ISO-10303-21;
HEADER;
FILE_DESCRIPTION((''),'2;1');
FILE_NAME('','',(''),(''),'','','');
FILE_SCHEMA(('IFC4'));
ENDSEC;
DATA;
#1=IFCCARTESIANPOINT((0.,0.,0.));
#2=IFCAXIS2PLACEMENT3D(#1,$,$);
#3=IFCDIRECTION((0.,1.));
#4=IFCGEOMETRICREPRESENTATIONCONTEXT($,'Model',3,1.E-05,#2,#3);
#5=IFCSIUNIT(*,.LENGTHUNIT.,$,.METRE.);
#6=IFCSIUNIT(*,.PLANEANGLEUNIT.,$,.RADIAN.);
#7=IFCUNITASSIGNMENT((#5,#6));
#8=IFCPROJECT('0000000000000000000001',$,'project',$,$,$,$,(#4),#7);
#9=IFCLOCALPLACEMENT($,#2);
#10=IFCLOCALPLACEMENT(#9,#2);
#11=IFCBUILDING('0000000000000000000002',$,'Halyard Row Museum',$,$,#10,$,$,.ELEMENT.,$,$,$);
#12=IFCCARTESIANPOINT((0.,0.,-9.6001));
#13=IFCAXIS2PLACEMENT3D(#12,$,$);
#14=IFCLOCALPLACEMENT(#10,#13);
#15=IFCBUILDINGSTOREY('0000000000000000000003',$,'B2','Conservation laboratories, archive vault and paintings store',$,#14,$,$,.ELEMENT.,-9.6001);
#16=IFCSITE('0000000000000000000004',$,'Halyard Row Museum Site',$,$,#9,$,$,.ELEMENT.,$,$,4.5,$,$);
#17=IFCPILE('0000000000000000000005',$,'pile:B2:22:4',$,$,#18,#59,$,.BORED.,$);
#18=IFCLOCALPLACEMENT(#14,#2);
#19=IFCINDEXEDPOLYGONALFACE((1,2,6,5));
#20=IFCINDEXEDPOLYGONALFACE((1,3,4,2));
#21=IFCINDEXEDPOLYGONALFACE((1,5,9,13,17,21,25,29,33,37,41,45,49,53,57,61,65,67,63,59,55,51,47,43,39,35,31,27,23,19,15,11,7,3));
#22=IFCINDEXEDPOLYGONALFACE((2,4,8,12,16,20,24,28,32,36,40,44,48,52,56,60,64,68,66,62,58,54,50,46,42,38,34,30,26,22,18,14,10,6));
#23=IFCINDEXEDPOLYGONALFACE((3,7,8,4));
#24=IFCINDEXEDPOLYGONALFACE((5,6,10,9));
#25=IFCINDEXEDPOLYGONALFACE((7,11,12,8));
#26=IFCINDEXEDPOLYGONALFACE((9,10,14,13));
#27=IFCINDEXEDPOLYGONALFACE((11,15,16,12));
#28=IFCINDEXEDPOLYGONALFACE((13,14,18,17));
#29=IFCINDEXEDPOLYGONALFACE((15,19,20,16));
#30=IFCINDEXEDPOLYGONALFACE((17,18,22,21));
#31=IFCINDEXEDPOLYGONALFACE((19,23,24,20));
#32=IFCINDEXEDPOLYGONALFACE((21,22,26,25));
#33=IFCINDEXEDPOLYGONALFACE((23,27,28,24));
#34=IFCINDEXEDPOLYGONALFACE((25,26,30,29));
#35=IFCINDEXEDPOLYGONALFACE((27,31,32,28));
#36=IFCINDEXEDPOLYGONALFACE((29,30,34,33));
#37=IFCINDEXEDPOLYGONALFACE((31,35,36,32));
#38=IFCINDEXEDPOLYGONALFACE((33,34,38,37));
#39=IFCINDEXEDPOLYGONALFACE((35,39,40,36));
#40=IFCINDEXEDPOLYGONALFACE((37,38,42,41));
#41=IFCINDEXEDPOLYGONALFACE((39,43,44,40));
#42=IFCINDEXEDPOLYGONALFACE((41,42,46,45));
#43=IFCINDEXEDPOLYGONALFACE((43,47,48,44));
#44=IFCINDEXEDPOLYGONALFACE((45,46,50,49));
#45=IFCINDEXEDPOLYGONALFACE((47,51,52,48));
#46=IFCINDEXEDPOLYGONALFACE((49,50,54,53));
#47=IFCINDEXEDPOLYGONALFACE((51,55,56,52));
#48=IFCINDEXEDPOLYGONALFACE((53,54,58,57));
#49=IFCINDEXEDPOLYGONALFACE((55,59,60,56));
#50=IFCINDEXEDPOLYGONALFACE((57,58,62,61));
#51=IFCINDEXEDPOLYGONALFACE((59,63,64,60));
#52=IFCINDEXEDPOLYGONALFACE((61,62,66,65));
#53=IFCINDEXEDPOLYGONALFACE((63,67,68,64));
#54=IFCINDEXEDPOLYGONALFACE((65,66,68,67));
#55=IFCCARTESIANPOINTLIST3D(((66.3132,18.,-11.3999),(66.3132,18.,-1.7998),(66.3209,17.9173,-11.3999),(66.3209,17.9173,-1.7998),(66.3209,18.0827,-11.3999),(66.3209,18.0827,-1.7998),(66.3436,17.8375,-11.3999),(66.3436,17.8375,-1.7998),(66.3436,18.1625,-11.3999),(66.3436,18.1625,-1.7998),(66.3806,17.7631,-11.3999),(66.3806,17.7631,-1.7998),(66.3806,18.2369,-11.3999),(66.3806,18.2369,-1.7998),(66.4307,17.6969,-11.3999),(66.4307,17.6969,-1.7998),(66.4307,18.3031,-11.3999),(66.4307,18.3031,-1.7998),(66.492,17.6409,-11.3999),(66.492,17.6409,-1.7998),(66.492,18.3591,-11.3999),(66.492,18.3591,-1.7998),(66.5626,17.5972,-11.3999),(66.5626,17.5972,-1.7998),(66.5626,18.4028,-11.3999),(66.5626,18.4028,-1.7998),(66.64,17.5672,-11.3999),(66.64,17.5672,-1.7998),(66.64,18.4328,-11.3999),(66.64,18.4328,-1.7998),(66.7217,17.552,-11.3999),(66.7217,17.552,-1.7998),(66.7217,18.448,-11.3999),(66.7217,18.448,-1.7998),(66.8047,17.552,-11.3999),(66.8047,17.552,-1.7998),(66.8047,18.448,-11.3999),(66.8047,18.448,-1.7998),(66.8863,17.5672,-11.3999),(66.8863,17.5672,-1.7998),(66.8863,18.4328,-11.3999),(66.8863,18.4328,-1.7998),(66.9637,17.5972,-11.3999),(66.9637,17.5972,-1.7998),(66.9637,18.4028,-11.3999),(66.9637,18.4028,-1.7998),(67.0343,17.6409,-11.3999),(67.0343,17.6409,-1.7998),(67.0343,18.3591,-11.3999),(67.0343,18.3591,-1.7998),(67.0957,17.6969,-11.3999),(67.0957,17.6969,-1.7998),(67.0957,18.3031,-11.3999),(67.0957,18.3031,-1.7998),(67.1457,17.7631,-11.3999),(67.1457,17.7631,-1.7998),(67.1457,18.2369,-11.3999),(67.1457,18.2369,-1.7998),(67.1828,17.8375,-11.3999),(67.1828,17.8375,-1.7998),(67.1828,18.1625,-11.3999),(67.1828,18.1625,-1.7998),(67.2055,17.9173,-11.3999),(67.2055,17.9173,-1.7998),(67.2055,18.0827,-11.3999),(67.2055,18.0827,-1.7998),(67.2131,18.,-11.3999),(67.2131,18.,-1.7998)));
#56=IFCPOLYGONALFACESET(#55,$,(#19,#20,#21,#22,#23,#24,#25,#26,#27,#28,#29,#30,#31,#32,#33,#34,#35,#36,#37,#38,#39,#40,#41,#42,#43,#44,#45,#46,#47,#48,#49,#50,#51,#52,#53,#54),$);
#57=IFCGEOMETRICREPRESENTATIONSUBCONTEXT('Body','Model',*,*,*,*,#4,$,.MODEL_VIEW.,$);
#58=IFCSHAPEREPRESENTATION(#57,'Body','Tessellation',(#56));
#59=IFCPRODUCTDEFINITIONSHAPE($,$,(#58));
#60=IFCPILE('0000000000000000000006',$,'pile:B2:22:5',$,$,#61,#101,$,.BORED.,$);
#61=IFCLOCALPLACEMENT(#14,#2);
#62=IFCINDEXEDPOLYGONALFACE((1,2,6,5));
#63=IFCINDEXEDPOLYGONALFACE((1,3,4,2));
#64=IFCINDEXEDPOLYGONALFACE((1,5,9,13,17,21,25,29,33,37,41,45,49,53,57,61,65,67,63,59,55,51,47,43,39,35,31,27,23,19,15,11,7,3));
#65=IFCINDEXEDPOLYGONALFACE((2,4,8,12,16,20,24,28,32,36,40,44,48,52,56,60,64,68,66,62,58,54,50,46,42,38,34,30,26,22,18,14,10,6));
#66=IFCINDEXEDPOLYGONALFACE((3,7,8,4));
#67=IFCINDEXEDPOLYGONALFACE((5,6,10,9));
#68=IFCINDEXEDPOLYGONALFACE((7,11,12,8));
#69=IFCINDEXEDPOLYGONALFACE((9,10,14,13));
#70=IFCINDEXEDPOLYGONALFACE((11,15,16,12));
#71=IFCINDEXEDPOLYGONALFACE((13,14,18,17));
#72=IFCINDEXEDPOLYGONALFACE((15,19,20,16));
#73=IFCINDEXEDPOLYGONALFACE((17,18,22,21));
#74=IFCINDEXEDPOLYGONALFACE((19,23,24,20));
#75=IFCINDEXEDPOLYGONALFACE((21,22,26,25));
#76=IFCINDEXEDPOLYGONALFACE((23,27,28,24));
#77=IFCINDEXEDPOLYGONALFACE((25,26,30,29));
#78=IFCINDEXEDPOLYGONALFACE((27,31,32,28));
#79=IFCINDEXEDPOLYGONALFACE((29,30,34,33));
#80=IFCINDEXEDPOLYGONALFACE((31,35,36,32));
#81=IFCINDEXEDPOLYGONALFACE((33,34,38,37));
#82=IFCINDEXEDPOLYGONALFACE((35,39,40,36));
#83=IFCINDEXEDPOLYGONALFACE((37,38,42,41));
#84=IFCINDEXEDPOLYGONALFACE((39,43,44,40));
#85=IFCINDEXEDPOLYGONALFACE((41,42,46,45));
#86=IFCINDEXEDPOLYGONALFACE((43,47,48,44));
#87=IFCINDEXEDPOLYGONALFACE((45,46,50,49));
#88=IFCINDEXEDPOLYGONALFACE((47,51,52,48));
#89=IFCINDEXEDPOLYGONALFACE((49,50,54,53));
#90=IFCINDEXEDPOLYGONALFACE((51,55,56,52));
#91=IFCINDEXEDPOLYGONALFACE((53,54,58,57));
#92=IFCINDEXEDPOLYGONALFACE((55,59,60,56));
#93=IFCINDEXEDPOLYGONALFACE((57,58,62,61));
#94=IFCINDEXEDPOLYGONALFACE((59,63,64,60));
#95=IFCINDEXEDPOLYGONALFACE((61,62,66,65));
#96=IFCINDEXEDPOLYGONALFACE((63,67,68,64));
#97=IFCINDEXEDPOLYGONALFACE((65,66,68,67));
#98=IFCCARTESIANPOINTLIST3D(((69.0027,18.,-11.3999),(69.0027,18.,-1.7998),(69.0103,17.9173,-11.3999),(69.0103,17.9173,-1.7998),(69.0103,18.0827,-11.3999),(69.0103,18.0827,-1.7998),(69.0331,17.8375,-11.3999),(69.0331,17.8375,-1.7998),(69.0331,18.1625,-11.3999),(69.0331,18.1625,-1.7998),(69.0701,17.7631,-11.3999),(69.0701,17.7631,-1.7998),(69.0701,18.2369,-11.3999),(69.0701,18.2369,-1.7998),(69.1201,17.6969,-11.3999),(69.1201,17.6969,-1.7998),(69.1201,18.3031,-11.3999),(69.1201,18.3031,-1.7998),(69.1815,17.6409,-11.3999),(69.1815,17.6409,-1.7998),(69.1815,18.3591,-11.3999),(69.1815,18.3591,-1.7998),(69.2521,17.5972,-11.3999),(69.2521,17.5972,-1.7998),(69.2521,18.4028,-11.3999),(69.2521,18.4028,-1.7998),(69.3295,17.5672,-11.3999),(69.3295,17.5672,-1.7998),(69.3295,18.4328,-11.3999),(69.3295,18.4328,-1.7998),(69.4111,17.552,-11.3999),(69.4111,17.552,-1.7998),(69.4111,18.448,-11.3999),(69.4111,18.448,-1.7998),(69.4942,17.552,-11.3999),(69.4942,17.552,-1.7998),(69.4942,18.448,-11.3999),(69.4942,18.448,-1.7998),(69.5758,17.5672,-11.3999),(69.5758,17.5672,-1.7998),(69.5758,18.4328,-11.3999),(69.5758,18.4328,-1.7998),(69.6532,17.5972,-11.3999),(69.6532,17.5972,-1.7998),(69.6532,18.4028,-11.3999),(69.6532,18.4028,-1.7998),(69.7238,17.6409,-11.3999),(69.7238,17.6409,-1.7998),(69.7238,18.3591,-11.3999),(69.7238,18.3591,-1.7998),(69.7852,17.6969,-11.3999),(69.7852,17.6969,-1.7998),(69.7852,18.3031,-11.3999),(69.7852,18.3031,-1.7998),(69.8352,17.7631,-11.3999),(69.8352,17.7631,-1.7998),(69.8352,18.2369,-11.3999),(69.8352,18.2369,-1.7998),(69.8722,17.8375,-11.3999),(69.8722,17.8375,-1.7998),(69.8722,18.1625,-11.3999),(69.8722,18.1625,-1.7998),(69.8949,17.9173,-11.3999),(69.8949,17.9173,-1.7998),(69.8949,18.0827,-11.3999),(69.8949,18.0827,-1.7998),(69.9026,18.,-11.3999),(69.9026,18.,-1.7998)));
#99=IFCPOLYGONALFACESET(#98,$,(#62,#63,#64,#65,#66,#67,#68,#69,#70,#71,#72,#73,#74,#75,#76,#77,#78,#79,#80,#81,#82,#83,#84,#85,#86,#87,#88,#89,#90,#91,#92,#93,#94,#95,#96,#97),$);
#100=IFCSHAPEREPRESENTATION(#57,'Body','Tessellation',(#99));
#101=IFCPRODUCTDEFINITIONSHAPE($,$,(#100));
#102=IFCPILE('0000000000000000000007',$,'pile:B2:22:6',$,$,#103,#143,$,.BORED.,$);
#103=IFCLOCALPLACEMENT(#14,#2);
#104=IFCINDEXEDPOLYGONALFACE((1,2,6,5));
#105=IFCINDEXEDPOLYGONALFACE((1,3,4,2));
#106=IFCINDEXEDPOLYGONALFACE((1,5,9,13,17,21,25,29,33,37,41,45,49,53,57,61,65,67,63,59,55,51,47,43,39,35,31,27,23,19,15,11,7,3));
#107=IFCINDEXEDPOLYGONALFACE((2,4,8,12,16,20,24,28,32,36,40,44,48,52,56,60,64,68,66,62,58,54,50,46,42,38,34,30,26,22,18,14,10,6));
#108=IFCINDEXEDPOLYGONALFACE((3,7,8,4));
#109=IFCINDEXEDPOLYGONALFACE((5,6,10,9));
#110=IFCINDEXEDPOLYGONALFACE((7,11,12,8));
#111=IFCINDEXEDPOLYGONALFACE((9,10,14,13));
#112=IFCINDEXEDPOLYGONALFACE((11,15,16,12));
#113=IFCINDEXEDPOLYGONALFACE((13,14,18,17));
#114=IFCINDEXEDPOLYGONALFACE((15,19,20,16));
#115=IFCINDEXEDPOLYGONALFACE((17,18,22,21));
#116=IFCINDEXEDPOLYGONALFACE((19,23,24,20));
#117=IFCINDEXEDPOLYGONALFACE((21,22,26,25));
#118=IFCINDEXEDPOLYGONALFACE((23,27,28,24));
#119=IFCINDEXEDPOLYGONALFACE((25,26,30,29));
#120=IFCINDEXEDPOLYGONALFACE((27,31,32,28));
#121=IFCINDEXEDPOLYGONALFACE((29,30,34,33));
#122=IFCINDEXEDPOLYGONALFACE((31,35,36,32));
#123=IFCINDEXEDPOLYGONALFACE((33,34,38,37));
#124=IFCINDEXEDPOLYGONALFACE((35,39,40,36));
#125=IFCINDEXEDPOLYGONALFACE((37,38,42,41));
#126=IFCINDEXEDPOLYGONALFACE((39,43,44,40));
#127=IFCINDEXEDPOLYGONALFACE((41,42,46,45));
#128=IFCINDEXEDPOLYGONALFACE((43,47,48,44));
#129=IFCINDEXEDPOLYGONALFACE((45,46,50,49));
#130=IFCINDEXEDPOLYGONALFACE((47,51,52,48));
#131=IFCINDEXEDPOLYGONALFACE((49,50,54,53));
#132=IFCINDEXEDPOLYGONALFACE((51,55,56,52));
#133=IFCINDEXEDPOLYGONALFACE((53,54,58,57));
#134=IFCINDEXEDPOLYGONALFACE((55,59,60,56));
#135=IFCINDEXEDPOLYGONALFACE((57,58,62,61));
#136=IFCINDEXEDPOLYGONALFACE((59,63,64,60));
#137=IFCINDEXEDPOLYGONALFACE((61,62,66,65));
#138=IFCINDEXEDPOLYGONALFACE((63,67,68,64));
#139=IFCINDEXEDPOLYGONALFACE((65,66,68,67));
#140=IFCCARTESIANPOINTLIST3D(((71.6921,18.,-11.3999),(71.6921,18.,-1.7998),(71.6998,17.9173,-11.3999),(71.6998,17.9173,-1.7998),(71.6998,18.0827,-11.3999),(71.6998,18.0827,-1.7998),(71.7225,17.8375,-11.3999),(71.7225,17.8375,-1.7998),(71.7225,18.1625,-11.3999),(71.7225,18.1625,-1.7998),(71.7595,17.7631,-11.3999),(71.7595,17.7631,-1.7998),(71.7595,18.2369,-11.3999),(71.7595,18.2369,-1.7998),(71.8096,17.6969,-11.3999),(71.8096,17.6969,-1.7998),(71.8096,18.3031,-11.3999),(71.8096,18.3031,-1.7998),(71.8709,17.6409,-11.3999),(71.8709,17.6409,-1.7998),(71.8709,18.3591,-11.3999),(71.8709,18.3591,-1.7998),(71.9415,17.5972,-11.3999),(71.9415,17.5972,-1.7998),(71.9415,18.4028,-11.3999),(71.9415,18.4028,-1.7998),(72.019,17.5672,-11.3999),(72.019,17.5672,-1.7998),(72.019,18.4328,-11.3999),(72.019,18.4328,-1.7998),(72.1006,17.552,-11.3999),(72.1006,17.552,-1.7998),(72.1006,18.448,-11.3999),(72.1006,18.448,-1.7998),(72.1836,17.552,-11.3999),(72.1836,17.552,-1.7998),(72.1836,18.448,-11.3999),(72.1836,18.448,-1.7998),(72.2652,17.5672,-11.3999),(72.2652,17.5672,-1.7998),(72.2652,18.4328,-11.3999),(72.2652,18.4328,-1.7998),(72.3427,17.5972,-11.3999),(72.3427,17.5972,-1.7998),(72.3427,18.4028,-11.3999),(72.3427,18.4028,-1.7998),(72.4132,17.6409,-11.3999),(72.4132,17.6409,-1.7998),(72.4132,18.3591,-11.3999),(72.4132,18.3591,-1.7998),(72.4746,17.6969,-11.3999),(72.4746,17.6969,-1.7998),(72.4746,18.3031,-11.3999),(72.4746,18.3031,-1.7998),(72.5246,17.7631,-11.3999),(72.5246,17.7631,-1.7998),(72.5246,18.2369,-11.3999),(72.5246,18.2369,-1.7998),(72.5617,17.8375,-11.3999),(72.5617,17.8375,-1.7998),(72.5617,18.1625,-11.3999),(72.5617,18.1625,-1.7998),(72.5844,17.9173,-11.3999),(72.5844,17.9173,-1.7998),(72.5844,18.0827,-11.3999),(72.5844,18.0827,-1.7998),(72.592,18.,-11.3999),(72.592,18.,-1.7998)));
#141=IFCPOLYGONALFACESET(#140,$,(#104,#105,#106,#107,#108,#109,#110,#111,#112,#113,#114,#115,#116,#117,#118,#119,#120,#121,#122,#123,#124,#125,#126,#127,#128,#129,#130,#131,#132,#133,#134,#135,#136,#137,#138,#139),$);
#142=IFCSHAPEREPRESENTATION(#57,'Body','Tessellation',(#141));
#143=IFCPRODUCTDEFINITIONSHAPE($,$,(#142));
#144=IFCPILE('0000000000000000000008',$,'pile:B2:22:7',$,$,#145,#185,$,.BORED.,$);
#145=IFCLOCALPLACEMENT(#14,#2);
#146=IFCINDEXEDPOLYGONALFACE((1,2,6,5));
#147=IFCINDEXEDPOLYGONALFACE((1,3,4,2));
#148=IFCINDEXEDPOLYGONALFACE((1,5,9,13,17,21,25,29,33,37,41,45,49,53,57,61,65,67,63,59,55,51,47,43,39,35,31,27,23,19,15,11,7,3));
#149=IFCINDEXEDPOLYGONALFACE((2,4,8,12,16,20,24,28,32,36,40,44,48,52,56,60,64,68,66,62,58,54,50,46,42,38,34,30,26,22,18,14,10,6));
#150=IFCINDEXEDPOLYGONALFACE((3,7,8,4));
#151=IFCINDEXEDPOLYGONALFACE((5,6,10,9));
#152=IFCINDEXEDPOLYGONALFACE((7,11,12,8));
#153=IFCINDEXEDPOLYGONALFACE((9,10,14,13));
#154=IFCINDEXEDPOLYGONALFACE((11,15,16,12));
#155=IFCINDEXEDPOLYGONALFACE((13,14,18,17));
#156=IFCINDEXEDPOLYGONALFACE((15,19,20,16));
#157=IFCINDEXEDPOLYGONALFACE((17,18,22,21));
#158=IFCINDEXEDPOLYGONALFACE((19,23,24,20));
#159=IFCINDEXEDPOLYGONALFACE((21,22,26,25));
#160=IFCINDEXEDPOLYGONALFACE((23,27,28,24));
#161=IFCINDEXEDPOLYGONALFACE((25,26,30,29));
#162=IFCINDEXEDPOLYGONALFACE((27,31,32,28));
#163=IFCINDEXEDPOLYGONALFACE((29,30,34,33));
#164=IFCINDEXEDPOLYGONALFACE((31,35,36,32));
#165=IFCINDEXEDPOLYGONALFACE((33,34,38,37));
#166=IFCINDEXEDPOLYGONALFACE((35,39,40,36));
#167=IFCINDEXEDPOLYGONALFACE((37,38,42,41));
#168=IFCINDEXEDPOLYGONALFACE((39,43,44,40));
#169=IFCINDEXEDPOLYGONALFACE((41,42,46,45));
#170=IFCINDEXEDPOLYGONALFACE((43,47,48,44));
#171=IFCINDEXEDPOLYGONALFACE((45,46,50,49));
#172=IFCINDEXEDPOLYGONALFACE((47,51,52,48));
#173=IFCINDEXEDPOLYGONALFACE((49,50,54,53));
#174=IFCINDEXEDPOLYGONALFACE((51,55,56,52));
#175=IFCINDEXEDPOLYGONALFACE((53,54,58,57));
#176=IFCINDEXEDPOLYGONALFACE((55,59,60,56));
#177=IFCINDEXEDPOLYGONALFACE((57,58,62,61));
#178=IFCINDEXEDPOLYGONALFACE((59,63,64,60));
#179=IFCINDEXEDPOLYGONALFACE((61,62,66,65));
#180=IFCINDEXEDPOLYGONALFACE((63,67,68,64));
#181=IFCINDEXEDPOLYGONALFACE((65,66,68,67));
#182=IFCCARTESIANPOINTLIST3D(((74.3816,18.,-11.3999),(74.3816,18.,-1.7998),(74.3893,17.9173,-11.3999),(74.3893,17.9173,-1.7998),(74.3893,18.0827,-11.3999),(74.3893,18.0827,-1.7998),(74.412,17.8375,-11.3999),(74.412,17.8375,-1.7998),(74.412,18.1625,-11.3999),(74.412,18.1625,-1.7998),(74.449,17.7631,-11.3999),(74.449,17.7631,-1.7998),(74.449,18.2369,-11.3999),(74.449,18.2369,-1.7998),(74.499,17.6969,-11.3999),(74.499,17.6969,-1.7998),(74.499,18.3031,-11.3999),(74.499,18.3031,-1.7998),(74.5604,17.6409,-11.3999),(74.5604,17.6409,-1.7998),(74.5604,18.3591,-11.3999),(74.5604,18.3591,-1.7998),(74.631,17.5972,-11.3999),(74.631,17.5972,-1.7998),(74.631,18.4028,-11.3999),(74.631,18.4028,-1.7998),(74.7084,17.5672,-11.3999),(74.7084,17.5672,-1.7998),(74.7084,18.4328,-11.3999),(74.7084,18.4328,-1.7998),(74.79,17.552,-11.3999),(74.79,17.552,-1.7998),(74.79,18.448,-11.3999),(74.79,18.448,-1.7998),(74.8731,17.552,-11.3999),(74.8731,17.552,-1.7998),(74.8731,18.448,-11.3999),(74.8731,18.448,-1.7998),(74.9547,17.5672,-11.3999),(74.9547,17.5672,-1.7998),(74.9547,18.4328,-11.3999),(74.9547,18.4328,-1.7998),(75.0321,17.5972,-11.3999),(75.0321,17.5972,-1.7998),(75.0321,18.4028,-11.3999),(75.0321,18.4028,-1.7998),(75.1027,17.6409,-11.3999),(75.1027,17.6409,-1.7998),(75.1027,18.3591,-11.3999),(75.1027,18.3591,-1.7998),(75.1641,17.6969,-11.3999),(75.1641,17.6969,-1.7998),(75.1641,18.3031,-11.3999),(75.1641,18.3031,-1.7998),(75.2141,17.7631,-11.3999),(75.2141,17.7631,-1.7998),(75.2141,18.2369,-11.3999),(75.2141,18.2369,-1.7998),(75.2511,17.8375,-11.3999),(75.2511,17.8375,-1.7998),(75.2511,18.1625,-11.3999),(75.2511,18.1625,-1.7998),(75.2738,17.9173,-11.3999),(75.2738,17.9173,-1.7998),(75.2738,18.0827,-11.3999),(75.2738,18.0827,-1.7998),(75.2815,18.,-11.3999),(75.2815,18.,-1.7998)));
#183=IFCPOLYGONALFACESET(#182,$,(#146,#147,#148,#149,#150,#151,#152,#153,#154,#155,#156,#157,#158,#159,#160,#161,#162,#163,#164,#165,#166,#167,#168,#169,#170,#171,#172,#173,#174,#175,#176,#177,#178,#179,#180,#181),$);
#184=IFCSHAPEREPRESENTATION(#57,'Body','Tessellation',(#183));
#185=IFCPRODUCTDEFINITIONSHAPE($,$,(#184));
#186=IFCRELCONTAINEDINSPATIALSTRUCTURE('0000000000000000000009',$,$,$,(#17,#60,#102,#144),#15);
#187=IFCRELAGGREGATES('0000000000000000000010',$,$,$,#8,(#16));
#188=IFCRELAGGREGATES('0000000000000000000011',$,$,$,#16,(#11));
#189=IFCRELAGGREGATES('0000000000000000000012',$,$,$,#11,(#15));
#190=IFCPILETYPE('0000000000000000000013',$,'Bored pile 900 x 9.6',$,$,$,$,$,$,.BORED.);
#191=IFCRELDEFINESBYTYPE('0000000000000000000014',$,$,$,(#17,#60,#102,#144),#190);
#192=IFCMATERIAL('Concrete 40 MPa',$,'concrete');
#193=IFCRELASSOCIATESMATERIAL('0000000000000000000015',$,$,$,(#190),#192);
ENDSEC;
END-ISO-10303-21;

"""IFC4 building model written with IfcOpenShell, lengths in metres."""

from ifc_helpers import new_model, si_unit, direction, frame, origin, origin_2d, place, context, subcontext, project, spatial, circle, extrude, material, material_profile, profile_set, type_object, element, save


model = new_model("IFC4")

# Units and contexts
model_context = context("Model", 3, precision=1e-05, world=origin(), true_north=direction((0.0, 1.0)))
body_context = subcontext(model_context, "Body", "Model", "MODEL_VIEW")
ifc_project = project(units=[si_unit("LENGTHUNIT", "METRE"), si_unit("PLANEANGLEUNIT", "RADIAN")], contexts=[model_context])

# Site, building, storey
site_placement = place(None, origin())
site = spatial("IfcSite", under=ifc_project, at=site_placement, Name="Halyard Row Museum Site", CompositionType="ELEMENT", RefElevation=4.5)
building_placement = place(site_placement, origin())
building = spatial("IfcBuilding", under=site, at=building_placement, Name="Halyard Row Museum", CompositionType="ELEMENT")
storey_placement = place(building_placement, frame((0.0, 0.0, -9.6001)))
storey = spatial("IfcBuildingStorey", under=building, at=storey_placement, Name="B2", Description="Conservation laboratories, archive vault and paintings store", CompositionType="ELEMENT", Elevation=-9.6001)

# Piles
ifc_material_1 = material(Name="Concrete 40 MPa", Category="concrete")
ifc_material_profile_1 = material_profile(ifc_material_1, circle(Radius=0.45, at=origin_2d()), Name="Bored pile 900 x 9.6")
ifc_profile_set_1 = profile_set([ifc_material_profile_1], Name="Concrete 40 MPa")
pile_type_1 = type_object("IfcPileType", Name="Bored pile 900 x 9.6", PredefinedType="BORED", material=ifc_profile_set_1)
for number, where, z_axis, x_axis, name in (
    (1, (66.7632, 18.0, -1.7998), (0.0, 0.0, -1.0), (1.0, 0.0, 0.0), "pile:B2:22:4"),
    (2, (69.4526, 18.0, -1.7998), (0.0, 0.0, -1.0), (1.0, 0.0, 0.0), "pile:B2:22:5"),
    (3, (72.1421, 18.0, -1.7998), (0.0, 0.0, -1.0), (1.0, 0.0, 0.0), "pile:B2:22:6"),
    (4, (74.8315, 18.0, -1.7998), (0.0, 0.0, -1.0), (1.0, 0.0, 0.0), "pile:B2:22:7"),
):
    element("IfcPile", number, at=place(storey_placement, frame(where, z_axis=z_axis, x_axis=x_axis)), inside=storey, type_object=pile_type_1, Name=name, PredefinedType="BORED", context=body_context, shape_type="SweptSolid", body=[
        extrude(circle(Radius=0.45, at=origin_2d()), origin(), (0.0, 0.0, 1.0), 9.6001),
    ])

save(model, "model.ifc")
